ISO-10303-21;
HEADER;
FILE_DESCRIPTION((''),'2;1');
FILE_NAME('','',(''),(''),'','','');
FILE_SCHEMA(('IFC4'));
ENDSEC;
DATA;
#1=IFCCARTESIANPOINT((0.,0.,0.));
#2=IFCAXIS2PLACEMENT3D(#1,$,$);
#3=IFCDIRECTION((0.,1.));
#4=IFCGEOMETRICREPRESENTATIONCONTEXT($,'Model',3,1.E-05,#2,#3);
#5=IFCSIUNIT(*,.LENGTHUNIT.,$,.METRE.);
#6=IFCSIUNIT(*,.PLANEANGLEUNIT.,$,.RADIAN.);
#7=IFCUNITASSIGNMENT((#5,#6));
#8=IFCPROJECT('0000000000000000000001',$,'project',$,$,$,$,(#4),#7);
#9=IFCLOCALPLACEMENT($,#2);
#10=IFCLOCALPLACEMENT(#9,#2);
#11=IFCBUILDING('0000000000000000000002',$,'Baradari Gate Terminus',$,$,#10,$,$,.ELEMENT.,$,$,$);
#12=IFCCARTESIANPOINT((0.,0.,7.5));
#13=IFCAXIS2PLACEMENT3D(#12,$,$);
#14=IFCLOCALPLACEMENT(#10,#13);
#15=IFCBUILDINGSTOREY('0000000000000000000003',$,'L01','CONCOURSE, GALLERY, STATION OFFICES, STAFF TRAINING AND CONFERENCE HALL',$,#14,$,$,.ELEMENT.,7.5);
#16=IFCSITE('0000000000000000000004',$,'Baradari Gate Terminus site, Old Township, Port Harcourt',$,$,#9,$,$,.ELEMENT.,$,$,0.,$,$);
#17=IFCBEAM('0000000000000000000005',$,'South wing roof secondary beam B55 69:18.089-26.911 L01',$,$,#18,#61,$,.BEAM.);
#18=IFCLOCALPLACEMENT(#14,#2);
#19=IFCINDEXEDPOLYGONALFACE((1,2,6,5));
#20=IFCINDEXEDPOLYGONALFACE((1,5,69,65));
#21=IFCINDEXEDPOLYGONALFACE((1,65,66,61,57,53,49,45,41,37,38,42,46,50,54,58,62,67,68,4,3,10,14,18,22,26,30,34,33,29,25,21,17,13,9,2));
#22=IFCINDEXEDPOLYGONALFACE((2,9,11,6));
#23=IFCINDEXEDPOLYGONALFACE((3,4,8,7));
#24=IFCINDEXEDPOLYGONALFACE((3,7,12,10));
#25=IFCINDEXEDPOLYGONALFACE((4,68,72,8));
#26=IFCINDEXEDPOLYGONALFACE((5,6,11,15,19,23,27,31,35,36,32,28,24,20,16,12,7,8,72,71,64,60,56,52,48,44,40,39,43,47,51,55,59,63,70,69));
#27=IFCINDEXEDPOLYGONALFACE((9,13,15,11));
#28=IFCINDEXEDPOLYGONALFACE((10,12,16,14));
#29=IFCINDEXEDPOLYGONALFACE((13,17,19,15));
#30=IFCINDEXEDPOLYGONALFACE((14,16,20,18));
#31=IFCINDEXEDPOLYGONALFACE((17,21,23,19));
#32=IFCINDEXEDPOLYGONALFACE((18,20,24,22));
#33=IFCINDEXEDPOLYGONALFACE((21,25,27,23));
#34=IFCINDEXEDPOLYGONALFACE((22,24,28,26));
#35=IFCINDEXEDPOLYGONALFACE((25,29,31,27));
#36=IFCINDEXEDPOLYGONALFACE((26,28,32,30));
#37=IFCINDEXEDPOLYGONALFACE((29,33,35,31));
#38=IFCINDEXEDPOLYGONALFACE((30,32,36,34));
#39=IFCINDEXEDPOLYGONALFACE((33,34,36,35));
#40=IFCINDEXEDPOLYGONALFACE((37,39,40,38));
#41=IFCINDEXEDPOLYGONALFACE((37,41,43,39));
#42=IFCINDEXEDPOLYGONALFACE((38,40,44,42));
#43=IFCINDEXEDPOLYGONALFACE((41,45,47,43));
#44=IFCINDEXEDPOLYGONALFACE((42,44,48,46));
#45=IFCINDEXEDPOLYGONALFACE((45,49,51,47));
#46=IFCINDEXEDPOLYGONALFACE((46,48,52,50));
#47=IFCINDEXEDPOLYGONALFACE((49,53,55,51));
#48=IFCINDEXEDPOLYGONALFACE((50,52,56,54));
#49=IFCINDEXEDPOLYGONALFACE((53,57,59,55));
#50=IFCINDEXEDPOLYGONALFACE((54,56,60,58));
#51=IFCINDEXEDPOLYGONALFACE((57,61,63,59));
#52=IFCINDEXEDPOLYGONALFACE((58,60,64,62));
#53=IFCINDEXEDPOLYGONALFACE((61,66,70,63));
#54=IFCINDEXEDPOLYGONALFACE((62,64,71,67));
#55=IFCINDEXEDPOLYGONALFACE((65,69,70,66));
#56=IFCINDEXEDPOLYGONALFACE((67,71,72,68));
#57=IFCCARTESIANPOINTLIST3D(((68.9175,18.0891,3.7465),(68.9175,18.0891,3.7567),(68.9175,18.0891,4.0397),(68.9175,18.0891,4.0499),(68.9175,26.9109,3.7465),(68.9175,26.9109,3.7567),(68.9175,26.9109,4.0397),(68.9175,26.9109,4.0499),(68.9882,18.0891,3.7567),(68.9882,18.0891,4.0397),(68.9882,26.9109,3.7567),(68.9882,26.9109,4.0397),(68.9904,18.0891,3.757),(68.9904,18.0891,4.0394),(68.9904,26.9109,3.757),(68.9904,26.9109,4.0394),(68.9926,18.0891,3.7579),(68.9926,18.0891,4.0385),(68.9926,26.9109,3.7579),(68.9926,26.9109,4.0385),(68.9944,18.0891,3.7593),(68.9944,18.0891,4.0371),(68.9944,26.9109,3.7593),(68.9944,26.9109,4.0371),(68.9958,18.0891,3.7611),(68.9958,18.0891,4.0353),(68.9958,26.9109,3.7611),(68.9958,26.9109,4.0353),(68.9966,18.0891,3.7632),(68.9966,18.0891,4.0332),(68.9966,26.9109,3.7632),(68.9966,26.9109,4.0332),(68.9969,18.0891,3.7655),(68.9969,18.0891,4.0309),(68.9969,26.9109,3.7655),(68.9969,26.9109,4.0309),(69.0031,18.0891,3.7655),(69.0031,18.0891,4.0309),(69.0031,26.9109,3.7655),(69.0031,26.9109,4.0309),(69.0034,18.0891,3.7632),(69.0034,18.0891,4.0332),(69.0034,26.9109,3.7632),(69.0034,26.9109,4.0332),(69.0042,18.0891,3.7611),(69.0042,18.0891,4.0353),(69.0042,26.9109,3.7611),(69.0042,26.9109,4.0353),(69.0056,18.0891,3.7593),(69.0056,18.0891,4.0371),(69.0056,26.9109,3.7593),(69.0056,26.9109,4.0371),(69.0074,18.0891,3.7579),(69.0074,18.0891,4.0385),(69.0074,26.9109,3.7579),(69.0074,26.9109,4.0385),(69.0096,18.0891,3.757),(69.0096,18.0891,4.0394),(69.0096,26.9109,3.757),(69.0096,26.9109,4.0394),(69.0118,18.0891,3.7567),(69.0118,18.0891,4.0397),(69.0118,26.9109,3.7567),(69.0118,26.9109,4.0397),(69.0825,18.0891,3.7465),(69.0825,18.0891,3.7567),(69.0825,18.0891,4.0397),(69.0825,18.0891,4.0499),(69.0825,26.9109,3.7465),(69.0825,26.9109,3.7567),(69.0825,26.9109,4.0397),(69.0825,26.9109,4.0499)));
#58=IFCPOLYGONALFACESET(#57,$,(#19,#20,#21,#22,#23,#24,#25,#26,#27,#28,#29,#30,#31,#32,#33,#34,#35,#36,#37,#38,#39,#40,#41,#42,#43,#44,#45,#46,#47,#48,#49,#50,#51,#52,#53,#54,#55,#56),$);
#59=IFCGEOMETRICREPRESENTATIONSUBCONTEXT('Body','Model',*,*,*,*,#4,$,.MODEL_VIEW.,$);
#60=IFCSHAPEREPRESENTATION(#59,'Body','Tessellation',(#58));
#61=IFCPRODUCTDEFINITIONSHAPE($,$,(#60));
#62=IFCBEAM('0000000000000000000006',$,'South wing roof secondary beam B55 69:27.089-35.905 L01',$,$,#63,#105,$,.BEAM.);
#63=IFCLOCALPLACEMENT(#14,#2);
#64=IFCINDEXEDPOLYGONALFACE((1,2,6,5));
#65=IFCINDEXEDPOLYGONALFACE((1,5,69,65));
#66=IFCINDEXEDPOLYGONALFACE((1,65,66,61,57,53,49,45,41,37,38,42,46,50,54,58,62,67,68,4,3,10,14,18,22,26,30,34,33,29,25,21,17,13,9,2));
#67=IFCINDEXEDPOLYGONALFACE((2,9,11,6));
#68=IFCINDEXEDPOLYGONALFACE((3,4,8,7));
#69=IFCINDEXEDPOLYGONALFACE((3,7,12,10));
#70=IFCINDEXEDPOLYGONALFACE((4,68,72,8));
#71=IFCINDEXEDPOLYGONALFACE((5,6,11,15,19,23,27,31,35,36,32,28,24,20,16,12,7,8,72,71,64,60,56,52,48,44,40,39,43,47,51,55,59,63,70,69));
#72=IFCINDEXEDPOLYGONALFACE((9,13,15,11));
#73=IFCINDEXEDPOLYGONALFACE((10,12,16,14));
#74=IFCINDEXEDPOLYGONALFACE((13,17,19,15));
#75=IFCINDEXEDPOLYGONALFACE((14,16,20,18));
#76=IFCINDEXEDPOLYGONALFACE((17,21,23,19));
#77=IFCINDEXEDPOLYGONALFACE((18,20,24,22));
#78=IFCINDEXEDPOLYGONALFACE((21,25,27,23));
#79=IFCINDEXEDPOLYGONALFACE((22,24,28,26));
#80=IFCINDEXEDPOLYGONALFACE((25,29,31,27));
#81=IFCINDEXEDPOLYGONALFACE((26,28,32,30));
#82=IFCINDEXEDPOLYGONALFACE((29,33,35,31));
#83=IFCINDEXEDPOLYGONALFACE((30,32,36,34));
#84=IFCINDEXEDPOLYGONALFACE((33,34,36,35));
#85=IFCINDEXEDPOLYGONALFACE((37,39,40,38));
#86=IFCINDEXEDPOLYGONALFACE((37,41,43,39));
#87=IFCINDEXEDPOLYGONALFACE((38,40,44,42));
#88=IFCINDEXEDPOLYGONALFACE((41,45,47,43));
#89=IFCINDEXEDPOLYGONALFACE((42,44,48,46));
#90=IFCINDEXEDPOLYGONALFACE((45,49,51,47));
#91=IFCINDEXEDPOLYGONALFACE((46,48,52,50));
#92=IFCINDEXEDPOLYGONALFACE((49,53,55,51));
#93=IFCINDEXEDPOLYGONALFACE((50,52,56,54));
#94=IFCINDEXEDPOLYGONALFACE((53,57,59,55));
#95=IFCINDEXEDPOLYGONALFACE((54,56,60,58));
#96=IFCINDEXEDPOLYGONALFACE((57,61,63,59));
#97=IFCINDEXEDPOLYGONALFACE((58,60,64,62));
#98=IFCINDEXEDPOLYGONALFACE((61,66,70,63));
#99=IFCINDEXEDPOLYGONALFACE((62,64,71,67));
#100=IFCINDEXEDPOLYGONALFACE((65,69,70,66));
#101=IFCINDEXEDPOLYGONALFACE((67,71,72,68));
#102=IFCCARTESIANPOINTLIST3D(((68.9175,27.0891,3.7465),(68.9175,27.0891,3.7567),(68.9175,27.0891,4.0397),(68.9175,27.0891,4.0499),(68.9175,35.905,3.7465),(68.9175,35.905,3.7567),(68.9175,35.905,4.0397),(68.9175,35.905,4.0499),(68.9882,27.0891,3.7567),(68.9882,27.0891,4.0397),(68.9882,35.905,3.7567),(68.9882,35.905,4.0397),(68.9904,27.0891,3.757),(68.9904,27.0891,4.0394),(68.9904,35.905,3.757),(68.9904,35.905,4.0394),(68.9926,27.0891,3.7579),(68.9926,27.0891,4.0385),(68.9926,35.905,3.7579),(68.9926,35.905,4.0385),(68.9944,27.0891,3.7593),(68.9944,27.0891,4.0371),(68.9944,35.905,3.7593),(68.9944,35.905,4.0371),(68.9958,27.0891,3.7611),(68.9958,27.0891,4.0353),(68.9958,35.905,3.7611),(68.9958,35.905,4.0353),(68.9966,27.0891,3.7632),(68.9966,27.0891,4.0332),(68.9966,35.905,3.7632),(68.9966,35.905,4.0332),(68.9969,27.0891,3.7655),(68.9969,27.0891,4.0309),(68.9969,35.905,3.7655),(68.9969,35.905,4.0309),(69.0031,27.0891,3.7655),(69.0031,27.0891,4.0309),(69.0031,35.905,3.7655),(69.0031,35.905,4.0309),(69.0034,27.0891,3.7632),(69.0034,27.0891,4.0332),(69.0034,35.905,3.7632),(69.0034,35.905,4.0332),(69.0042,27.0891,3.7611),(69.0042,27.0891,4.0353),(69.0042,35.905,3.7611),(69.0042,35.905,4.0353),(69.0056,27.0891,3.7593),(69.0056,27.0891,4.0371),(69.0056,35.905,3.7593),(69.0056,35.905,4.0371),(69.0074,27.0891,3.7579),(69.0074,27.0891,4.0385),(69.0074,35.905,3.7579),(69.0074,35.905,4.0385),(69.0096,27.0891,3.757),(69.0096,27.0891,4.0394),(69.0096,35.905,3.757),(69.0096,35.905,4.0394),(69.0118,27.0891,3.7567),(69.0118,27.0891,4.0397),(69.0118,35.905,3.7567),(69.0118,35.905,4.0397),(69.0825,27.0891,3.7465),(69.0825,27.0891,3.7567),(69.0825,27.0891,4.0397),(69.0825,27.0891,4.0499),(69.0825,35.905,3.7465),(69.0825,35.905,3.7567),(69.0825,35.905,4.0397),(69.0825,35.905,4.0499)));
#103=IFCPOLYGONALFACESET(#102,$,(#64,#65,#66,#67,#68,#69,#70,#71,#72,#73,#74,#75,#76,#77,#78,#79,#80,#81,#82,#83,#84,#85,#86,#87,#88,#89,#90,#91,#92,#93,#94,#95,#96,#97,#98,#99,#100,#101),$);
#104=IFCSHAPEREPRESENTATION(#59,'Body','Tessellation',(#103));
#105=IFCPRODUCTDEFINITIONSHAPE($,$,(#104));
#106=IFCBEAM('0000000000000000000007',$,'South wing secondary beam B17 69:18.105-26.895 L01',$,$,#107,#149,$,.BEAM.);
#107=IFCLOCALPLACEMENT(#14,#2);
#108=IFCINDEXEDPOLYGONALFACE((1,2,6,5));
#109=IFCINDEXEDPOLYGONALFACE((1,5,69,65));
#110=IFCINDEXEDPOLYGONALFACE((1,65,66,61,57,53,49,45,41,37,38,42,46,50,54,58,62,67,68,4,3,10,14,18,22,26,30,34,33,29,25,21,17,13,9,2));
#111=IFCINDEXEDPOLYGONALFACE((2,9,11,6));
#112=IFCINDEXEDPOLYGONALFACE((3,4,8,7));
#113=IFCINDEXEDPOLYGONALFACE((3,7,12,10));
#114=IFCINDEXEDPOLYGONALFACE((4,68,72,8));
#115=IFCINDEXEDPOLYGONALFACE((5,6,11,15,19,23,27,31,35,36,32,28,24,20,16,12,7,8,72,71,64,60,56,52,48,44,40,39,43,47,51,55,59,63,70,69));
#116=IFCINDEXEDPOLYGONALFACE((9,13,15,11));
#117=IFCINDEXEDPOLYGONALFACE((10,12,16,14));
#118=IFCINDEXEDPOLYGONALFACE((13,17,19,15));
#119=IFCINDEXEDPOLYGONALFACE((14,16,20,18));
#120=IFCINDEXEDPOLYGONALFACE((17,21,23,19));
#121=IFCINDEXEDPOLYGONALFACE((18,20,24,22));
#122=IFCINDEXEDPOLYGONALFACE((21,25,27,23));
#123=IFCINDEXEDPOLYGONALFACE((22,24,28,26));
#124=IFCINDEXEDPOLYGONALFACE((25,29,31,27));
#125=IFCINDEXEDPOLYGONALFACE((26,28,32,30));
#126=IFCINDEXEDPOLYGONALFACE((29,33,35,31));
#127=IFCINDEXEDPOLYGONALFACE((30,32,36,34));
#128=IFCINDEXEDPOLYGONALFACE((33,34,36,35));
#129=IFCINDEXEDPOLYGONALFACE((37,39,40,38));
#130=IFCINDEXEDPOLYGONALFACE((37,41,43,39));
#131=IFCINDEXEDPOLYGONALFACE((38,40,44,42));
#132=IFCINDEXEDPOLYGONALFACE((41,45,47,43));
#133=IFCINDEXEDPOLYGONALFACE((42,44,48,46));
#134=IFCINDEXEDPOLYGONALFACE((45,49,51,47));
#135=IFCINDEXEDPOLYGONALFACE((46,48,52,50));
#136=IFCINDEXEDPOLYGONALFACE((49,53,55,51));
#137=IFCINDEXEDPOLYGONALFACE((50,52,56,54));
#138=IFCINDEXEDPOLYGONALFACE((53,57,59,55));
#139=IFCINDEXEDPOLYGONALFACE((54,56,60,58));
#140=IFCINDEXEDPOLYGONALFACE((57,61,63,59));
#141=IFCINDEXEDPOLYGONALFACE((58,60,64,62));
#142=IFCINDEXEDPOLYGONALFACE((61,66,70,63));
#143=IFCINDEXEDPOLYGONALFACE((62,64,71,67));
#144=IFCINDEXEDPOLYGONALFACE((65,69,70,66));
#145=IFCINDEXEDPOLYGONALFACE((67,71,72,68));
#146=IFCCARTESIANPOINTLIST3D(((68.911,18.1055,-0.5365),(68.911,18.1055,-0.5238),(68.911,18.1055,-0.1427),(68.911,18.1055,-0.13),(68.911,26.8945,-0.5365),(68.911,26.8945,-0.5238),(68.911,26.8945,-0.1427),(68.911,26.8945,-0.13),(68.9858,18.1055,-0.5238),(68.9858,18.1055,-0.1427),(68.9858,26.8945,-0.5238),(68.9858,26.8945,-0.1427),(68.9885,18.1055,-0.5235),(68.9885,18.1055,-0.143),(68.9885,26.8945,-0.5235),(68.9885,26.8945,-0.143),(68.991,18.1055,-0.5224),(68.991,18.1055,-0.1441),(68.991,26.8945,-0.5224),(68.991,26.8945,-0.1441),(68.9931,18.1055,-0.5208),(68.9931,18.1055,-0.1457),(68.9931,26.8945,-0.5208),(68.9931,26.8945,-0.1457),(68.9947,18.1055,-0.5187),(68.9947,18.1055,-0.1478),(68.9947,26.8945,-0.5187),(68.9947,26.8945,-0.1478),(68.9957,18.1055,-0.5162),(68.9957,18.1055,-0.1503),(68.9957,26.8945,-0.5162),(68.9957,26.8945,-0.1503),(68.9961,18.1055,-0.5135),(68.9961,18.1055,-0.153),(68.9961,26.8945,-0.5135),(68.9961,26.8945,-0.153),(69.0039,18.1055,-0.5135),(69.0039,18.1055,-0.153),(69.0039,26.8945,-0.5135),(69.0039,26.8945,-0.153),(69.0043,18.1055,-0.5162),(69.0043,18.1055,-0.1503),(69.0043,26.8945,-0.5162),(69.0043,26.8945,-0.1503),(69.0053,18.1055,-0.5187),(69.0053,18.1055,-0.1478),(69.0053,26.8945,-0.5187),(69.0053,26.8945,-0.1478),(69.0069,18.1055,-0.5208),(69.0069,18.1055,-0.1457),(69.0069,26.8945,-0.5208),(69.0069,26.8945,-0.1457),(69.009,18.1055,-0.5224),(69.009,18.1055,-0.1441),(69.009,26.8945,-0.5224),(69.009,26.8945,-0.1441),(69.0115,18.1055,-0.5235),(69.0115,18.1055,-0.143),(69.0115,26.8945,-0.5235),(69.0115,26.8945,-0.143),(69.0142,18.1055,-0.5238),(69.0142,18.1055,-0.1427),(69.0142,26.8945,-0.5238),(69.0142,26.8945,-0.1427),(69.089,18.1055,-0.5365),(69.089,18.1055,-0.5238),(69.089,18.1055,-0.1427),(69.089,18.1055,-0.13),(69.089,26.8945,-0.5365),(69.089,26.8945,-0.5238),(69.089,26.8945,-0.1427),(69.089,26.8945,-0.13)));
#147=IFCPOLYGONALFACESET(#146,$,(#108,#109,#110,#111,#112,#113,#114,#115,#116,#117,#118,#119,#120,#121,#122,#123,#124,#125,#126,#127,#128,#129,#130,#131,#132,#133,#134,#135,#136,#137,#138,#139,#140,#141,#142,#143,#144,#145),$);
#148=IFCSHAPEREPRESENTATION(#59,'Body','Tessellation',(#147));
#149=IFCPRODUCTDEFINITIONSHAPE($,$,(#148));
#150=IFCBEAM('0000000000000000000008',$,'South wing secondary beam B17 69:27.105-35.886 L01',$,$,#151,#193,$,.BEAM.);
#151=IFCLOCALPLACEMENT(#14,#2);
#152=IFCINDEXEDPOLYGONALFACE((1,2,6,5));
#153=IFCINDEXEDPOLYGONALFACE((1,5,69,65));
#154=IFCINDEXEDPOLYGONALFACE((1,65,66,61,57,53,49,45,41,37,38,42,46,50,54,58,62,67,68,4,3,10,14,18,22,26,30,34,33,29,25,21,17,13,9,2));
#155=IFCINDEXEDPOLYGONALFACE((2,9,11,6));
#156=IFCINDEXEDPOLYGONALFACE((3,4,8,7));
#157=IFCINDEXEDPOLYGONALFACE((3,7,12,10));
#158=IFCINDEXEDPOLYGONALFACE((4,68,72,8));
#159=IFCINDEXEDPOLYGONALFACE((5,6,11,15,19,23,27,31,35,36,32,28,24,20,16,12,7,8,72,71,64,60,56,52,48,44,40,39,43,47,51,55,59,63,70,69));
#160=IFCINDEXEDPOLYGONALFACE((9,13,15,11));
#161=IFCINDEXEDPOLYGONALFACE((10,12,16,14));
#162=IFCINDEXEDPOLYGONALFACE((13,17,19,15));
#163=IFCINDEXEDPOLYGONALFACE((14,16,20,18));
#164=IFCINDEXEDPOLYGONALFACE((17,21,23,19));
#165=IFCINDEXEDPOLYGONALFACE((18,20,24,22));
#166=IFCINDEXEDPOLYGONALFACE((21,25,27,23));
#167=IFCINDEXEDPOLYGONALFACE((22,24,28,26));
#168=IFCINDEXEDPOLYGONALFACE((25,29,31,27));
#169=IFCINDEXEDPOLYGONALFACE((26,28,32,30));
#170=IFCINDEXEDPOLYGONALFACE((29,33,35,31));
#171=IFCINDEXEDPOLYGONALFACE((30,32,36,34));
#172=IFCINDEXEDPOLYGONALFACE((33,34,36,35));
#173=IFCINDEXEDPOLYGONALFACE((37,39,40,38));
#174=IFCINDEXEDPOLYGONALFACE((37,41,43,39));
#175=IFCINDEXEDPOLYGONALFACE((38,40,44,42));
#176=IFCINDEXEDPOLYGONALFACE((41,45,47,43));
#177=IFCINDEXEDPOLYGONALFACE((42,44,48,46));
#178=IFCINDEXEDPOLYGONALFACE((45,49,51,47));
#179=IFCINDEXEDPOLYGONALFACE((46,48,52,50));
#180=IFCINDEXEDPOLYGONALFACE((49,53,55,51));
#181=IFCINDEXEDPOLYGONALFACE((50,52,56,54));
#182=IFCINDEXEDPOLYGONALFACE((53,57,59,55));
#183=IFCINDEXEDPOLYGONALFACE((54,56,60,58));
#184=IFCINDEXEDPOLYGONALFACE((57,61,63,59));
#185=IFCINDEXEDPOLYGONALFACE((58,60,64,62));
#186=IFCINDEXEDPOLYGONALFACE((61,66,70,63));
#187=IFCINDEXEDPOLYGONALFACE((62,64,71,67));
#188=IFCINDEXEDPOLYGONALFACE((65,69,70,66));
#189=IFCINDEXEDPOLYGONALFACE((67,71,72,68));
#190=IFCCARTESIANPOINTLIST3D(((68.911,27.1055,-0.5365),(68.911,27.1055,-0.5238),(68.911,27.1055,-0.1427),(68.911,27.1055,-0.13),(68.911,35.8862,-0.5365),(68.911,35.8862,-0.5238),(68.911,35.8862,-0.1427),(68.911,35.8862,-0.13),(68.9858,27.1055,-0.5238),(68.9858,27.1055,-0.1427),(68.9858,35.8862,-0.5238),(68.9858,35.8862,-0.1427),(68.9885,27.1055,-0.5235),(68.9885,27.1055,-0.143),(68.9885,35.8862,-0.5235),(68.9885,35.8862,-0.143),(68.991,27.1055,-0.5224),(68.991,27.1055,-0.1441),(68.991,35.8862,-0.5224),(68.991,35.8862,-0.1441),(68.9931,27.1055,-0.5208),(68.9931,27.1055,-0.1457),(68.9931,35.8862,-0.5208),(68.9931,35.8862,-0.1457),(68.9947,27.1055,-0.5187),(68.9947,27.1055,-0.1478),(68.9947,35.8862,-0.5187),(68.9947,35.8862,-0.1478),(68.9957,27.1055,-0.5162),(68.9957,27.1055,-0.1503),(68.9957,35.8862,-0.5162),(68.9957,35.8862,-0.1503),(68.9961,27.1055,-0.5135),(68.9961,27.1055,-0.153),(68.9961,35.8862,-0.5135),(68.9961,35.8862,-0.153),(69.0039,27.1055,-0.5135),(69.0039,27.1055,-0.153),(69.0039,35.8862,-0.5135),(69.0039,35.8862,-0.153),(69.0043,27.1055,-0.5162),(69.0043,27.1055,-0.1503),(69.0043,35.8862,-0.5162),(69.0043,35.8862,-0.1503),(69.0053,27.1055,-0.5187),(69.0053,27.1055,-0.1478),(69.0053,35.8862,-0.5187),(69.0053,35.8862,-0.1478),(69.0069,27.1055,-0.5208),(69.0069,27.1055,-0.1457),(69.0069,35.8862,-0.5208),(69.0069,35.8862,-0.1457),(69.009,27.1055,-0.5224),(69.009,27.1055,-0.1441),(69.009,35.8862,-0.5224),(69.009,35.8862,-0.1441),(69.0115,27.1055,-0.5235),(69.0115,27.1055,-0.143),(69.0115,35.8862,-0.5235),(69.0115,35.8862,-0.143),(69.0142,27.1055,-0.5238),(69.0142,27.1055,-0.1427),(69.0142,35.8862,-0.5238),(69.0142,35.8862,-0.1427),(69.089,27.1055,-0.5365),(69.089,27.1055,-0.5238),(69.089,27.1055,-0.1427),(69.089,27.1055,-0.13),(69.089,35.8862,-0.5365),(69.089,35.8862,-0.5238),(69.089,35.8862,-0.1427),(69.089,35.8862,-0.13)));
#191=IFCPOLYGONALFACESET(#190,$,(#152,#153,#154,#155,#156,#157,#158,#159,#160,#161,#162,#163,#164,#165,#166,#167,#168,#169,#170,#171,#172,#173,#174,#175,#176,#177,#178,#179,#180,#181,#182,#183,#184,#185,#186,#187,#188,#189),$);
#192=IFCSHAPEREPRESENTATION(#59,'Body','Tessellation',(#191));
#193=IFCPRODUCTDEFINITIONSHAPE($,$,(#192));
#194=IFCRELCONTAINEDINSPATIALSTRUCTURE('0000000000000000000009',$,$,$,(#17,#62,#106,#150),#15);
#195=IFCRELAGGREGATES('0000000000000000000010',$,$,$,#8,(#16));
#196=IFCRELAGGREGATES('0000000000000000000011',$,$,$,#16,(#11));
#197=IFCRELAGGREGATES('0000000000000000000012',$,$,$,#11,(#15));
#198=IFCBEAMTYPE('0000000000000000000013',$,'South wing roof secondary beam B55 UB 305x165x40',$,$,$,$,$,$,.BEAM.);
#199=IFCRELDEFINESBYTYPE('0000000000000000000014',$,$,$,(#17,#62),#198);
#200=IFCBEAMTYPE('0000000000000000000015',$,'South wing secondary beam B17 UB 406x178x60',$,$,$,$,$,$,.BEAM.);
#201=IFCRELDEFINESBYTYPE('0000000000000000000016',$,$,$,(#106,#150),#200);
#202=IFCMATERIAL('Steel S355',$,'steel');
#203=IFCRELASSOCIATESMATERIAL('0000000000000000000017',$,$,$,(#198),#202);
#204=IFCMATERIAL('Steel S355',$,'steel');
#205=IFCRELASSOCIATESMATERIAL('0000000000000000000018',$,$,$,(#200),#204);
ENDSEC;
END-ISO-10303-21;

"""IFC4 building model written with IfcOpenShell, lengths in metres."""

from ifc_helpers import new_model, si_unit, direction, frame, origin, origin_2d, place, context, subcontext, project, spatial, i_section, extrude, material, material_profile, profile_set, type_object, element, save


model = new_model("IFC4")

# Units and contexts
model_context = context("Model", 3, precision=1e-05, world=origin(), true_north=direction((0.0, 1.0)))
body_context = subcontext(model_context, "Body", "Model", "MODEL_VIEW")
ifc_project = project(units=[si_unit("LENGTHUNIT", "METRE"), si_unit("PLANEANGLEUNIT", "RADIAN")], contexts=[model_context])

# Site, building, storey
site_placement = place(None, origin())
site = spatial("IfcSite", under=ifc_project, at=site_placement, Name="Baradari Gate Terminus site, Old Township, Port Harcourt", CompositionType="ELEMENT", RefElevation=0.0)
building_placement = place(site_placement, origin())
building = spatial("IfcBuilding", under=site, at=building_placement, Name="Baradari Gate Terminus", CompositionType="ELEMENT")
storey_placement = place(building_placement, frame((0.0, 0.0, 7.5)))
storey = spatial("IfcBuildingStorey", under=building, at=storey_placement, Name="L01", Description="CONCOURSE, GALLERY, STATION OFFICES, STAFF TRAINING AND CONFERENCE HALL", CompositionType="ELEMENT", Elevation=7.5)

# Beams
ifc_material_1 = material(Name="Steel S355", Category="steel")
ifc_material_profile_1 = material_profile(ifc_material_1, i_section(OverallWidth=0.165, OverallDepth=0.3035, WebThickness=0.0061, FlangeThickness=0.0103, FilletRadius=0.0088, at=origin_2d()), Name="UB 305x165x40")
ifc_profile_set_1 = profile_set([ifc_material_profile_1], Name="Steel S355")
beam_type_1 = type_object("IfcBeamType", Name="South wing roof secondary beam B55 UB 305x165x40", PredefinedType="BEAM", material=ifc_profile_set_1)
beam_1_placement = place(storey_placement, frame((69.0, 18.0891, 3.8982), z_axis=(0.0, 1.0, 0.0), x_axis=(-1.0, 0.0, 0.0)))
element("IfcBeam", 1, at=beam_1_placement, inside=storey, type_object=beam_type_1, Name="South wing roof secondary beam B55 69:18.089-26.911 L01", PredefinedType="BEAM", context=body_context, shape_type="SweptSolid", body=[
    extrude(i_section(OverallWidth=0.165, OverallDepth=0.3035, WebThickness=0.0061, FlangeThickness=0.0103, FilletRadius=0.0088, at=origin_2d()), origin(), (0.0, 0.0, 1.0), 8.8218),
])
beam_2_placement = place(storey_placement, frame((69.0, 27.0891, 3.8982), z_axis=(0.0, 1.0, 0.0), x_axis=(-1.0, 0.0, 0.0)))
element("IfcBeam", 2, at=beam_2_placement, inside=storey, type_object=beam_type_1, Name="South wing roof secondary beam B55 69:27.089-35.905 L01", PredefinedType="BEAM", context=body_context, shape_type="SweptSolid", body=[
    extrude(i_section(OverallWidth=0.165, OverallDepth=0.3035, WebThickness=0.0061, FlangeThickness=0.0103, FilletRadius=0.0088, at=origin_2d()), origin(), (0.0, 0.0, 1.0), 8.8159),
])
ifc_material_2 = material(Name="Steel S355", Category="steel")
ifc_material_profile_2 = material_profile(ifc_material_2, i_section(OverallWidth=0.178, OverallDepth=0.4065, WebThickness=0.0078, FlangeThickness=0.0127, FilletRadius=0.0103, at=origin_2d()), Name="UB 406x178x60")
ifc_profile_set_2 = profile_set([ifc_material_profile_2], Name="Steel S355")
beam_type_2 = type_object("IfcBeamType", Name="South wing secondary beam B17 UB 406x178x60", PredefinedType="BEAM", material=ifc_profile_set_2)
beam_3_placement = place(storey_placement, frame((69.0, 18.1055, -0.3333), z_axis=(0.0, 1.0, 0.0), x_axis=(-1.0, 0.0, 0.0)))
element("IfcBeam", 3, at=beam_3_placement, inside=storey, type_object=beam_type_2, Name="South wing secondary beam B17 69:18.105-26.895 L01", PredefinedType="BEAM", context=body_context, shape_type="SweptSolid", body=[
    extrude(i_section(OverallWidth=0.178, OverallDepth=0.4065, WebThickness=0.0078, FlangeThickness=0.0127, FilletRadius=0.0103, at=origin_2d()), origin(), (0.0, 0.0, 1.0), 8.7891),
])
beam_4_placement = place(storey_placement, frame((69.0, 27.1055, -0.3333), z_axis=(0.0, 1.0, 0.0), x_axis=(-1.0, 0.0, 0.0)))
element("IfcBeam", 4, at=beam_4_placement, inside=storey, type_object=beam_type_2, Name="South wing secondary beam B17 69:27.105-35.886 L01", PredefinedType="BEAM", context=body_context, shape_type="SweptSolid", body=[
    extrude(i_section(OverallWidth=0.178, OverallDepth=0.4065, WebThickness=0.0078, FlangeThickness=0.0127, FilletRadius=0.0103, at=origin_2d()), origin(), (0.0, 0.0, 1.0), 8.7808),
])

save(model, "model.ifc")
